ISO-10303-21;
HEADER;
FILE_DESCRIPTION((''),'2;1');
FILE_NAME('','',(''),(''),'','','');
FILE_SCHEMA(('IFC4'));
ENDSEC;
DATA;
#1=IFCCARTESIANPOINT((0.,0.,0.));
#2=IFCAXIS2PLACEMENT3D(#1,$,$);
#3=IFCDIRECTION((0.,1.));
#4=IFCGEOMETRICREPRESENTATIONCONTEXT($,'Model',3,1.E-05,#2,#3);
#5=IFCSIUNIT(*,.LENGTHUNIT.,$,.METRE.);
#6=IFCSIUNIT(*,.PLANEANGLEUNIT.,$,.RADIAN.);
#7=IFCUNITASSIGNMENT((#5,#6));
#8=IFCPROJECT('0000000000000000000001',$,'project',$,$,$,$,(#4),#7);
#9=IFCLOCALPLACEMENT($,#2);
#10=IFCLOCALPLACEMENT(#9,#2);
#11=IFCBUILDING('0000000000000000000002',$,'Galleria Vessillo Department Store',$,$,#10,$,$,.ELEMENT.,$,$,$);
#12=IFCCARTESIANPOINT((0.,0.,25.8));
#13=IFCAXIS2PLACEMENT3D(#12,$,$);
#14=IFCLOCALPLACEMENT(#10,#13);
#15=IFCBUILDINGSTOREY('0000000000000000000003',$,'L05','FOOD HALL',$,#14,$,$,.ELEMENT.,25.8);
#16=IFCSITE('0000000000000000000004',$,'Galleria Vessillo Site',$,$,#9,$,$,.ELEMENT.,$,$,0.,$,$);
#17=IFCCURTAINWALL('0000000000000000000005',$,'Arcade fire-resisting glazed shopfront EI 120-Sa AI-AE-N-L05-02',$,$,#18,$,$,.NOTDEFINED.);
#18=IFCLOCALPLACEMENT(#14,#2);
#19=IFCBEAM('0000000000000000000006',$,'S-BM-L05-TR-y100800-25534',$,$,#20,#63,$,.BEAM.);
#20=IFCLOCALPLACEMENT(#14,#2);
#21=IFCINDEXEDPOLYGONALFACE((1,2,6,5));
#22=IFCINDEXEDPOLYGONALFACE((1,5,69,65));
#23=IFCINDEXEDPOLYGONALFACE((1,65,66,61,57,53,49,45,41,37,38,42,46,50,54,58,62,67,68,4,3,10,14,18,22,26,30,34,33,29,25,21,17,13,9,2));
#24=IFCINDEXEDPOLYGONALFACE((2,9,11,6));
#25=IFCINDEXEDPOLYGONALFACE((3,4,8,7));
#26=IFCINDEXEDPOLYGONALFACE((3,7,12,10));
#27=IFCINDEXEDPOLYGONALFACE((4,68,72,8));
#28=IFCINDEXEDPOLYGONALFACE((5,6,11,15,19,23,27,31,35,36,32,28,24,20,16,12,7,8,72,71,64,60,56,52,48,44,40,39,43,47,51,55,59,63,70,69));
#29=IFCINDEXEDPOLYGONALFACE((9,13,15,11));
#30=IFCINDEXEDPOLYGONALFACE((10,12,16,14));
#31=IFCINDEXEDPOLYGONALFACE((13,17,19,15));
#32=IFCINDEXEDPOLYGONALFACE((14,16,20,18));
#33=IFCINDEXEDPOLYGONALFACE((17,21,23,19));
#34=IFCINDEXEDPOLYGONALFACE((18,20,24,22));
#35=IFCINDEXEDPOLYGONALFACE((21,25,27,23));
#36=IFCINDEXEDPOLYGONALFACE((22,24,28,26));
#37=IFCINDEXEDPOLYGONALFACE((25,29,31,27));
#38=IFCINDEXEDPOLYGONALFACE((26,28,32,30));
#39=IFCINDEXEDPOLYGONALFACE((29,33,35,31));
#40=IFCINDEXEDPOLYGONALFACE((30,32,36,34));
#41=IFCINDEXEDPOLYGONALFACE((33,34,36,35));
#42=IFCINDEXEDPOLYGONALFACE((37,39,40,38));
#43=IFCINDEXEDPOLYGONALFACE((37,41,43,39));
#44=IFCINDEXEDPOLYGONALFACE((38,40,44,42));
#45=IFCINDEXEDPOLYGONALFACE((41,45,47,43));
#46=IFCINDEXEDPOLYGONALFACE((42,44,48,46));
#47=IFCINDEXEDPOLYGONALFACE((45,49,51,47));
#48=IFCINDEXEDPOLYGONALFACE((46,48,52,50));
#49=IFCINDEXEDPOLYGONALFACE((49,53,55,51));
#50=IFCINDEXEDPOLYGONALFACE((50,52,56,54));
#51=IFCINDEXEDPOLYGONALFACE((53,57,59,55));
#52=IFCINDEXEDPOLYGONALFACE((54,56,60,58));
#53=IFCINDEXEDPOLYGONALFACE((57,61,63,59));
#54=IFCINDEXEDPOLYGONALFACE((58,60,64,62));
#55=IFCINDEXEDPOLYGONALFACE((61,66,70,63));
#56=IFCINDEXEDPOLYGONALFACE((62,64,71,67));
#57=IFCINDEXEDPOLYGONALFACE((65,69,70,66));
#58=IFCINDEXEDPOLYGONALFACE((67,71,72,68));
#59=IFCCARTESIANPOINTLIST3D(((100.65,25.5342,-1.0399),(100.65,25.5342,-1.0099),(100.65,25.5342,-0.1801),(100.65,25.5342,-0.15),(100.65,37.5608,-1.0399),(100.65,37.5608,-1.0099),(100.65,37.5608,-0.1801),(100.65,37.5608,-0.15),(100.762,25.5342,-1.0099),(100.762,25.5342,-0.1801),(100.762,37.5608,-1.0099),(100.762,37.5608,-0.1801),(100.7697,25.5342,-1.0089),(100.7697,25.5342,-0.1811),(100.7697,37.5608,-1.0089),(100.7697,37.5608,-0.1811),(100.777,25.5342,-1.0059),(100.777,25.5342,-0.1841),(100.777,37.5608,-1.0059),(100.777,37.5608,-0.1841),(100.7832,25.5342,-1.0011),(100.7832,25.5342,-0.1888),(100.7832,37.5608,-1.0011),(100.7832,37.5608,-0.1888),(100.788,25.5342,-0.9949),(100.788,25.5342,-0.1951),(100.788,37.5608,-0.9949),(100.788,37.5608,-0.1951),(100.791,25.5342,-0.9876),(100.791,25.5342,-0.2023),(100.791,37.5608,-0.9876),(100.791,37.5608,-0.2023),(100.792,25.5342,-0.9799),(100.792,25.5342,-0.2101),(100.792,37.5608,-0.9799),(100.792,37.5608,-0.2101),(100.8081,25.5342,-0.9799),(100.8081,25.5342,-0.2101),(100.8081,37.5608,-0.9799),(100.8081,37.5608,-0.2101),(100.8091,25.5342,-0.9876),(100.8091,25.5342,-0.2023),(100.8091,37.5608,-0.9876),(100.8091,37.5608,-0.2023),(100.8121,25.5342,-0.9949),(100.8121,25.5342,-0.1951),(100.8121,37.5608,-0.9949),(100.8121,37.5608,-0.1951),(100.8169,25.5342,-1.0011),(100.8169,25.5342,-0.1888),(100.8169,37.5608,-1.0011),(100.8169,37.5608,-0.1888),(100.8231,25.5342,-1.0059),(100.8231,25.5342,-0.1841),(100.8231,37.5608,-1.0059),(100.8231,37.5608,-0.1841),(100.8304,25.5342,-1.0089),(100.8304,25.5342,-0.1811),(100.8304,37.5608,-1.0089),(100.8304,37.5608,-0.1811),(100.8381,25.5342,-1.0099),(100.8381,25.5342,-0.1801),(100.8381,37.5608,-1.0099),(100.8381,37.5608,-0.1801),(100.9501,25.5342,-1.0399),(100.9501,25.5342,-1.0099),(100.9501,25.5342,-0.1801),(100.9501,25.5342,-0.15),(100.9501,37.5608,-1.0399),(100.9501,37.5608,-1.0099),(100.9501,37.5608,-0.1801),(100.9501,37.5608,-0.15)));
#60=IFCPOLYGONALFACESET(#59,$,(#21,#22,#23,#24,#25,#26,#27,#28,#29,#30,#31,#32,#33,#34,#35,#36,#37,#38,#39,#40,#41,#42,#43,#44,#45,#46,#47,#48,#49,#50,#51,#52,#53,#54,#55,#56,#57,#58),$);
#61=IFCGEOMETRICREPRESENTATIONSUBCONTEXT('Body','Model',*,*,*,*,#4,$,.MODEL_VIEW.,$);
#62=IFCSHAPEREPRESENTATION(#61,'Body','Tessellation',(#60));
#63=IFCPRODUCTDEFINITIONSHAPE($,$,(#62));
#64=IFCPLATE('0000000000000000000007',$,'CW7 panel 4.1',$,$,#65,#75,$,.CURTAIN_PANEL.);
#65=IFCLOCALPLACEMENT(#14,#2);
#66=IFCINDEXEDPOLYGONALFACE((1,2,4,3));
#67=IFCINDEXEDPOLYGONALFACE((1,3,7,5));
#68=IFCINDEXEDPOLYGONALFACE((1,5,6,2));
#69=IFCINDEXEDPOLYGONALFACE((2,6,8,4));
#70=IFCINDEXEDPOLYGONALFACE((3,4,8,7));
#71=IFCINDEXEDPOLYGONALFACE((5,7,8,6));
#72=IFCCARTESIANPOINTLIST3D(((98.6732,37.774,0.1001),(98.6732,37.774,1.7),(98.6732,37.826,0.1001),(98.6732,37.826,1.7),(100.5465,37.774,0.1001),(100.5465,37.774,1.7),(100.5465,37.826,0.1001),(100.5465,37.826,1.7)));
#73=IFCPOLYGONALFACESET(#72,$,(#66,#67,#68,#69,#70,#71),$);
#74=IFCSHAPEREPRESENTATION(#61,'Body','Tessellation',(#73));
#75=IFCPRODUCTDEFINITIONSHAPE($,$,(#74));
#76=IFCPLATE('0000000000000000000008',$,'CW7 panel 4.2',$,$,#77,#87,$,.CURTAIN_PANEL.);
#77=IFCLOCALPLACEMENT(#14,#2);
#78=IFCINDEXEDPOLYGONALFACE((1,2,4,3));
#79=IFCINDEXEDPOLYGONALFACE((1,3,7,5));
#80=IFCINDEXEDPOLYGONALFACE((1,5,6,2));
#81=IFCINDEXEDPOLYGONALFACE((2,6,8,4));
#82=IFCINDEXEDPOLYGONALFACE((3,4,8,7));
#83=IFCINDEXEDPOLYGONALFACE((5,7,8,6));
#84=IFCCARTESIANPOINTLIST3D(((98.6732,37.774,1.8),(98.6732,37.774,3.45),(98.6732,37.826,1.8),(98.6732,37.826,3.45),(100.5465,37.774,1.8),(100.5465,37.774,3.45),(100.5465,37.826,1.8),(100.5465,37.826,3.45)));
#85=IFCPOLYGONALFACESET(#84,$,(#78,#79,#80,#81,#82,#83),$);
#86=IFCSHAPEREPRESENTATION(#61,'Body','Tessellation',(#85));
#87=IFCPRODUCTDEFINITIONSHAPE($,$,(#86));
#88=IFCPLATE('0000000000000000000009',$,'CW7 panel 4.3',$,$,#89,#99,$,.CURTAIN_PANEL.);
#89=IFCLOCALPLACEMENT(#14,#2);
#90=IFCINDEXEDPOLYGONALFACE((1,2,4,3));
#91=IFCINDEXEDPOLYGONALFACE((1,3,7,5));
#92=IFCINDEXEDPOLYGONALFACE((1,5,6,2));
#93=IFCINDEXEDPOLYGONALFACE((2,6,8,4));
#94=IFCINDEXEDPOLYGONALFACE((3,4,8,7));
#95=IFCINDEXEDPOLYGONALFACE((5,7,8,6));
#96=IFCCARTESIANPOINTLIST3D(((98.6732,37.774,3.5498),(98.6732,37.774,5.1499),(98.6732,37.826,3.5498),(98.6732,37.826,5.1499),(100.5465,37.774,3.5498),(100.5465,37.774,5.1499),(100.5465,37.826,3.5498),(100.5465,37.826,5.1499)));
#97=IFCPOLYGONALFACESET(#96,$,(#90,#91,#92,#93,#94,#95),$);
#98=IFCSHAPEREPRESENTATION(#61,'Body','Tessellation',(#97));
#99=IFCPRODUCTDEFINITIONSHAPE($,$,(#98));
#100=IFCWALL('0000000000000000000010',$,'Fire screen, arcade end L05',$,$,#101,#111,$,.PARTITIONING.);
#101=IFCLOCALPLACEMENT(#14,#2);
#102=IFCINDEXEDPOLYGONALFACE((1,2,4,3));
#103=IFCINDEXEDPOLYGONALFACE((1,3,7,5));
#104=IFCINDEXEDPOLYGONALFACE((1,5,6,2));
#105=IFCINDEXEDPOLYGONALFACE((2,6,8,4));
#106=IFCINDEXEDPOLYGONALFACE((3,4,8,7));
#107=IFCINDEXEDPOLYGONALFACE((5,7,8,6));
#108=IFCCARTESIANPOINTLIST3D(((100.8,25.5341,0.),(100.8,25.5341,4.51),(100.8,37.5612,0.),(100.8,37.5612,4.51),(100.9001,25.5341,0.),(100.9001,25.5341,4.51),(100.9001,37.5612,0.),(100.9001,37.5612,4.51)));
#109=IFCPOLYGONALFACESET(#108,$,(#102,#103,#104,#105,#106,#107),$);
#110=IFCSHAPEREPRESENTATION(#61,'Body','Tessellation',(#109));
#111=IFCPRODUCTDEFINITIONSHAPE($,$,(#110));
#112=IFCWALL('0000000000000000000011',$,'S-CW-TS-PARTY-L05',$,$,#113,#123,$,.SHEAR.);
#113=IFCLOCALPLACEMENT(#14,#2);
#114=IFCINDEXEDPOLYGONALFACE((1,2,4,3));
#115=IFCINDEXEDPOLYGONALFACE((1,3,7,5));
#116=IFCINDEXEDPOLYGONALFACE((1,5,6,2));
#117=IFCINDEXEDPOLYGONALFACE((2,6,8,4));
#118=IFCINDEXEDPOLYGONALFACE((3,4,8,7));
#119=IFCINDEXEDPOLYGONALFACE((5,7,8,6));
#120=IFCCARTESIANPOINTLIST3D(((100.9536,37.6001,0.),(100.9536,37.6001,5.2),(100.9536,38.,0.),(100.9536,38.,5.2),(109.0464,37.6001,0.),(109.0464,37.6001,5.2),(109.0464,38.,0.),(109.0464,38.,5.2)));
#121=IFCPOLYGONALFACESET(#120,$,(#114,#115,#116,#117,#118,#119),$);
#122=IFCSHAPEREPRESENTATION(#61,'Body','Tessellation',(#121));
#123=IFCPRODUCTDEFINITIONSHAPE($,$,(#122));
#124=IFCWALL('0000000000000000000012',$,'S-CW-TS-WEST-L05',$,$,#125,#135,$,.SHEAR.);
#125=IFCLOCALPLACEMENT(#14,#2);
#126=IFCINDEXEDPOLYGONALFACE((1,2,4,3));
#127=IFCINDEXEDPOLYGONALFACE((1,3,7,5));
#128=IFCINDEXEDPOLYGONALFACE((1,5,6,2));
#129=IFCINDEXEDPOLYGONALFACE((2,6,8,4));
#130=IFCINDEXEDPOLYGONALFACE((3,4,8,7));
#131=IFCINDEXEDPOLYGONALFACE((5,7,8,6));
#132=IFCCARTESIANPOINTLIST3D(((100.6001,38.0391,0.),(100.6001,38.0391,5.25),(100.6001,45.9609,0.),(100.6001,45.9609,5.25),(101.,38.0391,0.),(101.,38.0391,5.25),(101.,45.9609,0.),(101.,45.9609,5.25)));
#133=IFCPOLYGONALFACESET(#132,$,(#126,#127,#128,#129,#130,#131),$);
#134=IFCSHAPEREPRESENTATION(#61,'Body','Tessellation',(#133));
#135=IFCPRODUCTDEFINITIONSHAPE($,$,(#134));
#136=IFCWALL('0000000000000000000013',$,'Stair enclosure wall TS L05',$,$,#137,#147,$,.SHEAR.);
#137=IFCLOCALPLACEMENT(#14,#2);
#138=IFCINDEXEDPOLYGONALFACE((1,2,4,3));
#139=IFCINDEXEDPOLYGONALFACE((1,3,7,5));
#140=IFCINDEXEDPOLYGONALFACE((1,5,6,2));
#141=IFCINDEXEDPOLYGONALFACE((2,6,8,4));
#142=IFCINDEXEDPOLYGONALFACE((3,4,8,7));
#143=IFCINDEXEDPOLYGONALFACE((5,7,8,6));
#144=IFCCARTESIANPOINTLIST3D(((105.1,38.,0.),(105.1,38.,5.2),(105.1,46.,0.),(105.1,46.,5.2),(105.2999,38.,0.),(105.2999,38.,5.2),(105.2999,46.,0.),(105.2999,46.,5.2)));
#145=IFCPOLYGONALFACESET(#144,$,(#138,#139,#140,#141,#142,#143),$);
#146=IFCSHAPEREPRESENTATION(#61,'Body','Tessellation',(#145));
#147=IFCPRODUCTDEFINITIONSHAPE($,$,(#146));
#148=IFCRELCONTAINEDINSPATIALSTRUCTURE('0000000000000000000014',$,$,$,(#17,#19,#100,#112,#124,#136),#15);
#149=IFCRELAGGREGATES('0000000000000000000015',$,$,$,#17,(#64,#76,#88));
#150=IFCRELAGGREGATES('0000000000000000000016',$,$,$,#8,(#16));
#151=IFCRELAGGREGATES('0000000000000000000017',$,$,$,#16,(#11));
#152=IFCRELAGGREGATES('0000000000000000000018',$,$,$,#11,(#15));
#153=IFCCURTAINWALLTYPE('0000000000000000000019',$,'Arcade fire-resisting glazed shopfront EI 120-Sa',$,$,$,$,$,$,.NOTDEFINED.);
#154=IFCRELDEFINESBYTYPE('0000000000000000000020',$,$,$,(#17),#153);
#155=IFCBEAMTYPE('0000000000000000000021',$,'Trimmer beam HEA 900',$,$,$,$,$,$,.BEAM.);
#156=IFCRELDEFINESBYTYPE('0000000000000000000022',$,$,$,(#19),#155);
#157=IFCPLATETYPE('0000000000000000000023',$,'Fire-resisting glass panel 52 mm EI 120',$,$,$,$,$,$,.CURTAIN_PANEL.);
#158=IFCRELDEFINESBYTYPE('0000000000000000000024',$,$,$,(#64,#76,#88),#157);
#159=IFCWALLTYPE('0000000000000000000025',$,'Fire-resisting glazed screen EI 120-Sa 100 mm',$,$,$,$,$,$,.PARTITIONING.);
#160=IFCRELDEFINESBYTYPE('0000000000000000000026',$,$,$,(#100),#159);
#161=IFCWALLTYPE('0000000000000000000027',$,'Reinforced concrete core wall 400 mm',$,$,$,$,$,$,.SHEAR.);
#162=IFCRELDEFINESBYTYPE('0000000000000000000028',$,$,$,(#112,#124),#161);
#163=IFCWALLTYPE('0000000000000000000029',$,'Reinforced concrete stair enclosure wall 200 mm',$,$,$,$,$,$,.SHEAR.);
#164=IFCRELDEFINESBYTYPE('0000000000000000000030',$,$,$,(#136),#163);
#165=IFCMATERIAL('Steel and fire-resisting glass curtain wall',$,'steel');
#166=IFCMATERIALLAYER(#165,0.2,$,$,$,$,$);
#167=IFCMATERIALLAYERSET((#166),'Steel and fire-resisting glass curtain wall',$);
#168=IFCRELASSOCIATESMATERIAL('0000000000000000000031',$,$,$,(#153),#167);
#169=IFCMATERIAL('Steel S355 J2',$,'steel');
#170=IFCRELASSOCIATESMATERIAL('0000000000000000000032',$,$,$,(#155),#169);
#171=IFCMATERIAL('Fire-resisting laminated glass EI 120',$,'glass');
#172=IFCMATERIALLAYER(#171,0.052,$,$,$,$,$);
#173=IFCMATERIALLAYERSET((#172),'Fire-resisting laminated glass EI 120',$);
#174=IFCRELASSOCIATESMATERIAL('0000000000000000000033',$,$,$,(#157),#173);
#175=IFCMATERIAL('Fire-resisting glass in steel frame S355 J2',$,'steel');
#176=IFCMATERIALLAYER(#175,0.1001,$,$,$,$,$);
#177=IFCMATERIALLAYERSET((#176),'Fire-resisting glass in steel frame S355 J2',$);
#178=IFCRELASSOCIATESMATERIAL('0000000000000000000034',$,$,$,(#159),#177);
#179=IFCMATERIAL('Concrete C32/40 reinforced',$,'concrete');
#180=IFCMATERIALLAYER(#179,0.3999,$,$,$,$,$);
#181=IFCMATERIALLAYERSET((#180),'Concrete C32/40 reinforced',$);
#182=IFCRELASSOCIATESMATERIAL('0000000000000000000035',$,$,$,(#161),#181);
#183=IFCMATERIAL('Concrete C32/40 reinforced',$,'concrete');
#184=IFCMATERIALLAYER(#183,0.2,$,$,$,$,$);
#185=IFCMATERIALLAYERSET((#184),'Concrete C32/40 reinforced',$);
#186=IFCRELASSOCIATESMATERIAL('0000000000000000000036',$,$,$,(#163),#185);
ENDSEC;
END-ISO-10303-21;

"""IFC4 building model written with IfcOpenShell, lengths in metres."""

from ifc_helpers import new_model, si_unit, direction, frame, frame_2d, origin, origin_2d, place, context, subcontext, project, spatial, rectangle, i_section, extrude, material, layer, layer_set, material_profile, profile_set, type_object, element, aggregate, save


model = new_model("IFC4")

# Units and contexts
model_context = context("Model", 3, precision=1e-05, world=origin(), true_north=direction((0.0, 1.0)))
body_context = subcontext(model_context, "Body", "Model", "MODEL_VIEW")
ifc_project = project(units=[si_unit("LENGTHUNIT", "METRE"), si_unit("PLANEANGLEUNIT", "RADIAN")], contexts=[model_context])

# Site, building, storey
site_placement = place(None, origin())
site = spatial("IfcSite", under=ifc_project, at=site_placement, Name="Galleria Vessillo Site", CompositionType="ELEMENT", RefElevation=0.0)
building_placement = place(site_placement, origin())
building = spatial("IfcBuilding", under=site, at=building_placement, Name="Galleria Vessillo Department Store", CompositionType="ELEMENT")
storey_placement = place(building_placement, frame((0.0, 0.0, 25.8)))
storey = spatial("IfcBuildingStorey", under=building, at=storey_placement, Name="L05", Description="FOOD HALL", CompositionType="ELEMENT", Elevation=25.8)

# Curtain wall
ifc_material_1 = material(Name="Steel and fire-resisting glass curtain wall", Category="steel")
ifc_layer_1 = layer(ifc_material_1, 0.2)
ifc_layer_set_1 = layer_set([ifc_layer_1], Name="Steel and fire-resisting glass curtain wall")
curtain_wall_type = type_object("IfcCurtainWallType", Name="Arcade fire-resisting glazed shopfront EI 120-Sa", PredefinedType="NOTDEFINED", material=ifc_layer_set_1)
curtain_wall_placement = place(storey_placement, origin())
curtain_wall = element("IfcCurtainWall", 1, at=curtain_wall_placement, inside=storey, type_object=curtain_wall_type, Name="Arcade fire-resisting glazed shopfront EI 120-Sa AI-AE-N-L05-02", PredefinedType="NOTDEFINED")

# Beam
ifc_material_2 = material(Name="Steel S355 J2", Category="steel")
ifc_material_profile_1 = material_profile(ifc_material_2, i_section(OverallWidth=0.3, OverallDepth=0.8899, WebThickness=0.0161, FlangeThickness=0.03, FilletRadius=0.03, at=origin_2d()), Name="HEA 900")
ifc_profile_set_1 = profile_set([ifc_material_profile_1], Name="Steel S355 J2")
beam_type_1 = type_object("IfcBeamType", Name="Trimmer beam HEA 900", PredefinedType="BEAM", material=ifc_profile_set_1)
beam_1_placement = place(storey_placement, frame((100.8, 25.5342, -0.595), z_axis=(0.0, 1.0, 0.0), x_axis=(-1.0, 0.0, 0.0)))
element("IfcBeam", 2, at=beam_1_placement, inside=storey, type_object=beam_type_1, Name="S-BM-L05-TR-y100800-25534", PredefinedType="BEAM", context=body_context, shape_type="SweptSolid", body=[
    extrude(i_section(OverallWidth=0.3, OverallDepth=0.8899, WebThickness=0.0161, FlangeThickness=0.03, FilletRadius=0.03, at=origin_2d()), origin(), (0.0, 0.0, 1.0), 12.0266),
])

# Plates
ifc_material_3 = material(Name="Fire-resisting laminated glass EI 120", Category="glass")
ifc_layer_2 = layer(ifc_material_3, 0.052)
ifc_layer_set_2 = layer_set([ifc_layer_2], Name="Fire-resisting laminated glass EI 120")
plate_type = type_object("IfcPlateType", Name="Fire-resisting glass panel 52 mm EI 120", PredefinedType="CURTAIN_PANEL", material=ifc_layer_set_2)
plate_1_placement = place(storey_placement, frame((99.6099, 37.8, 0.1001), z_axis=(0.0, 0.0, 1.0), x_axis=(1.0, 0.0, 0.0)))
plate_1 = element("IfcPlate", 3, at=plate_1_placement, type_object=plate_type, Name="CW7 panel 4.1", PredefinedType="CURTAIN_PANEL", context=body_context, shape_type="SweptSolid", body=[
    extrude(rectangle(XDim=1.8733, YDim=0.052, at=origin_2d()), origin(), (0.0, 0.0, 1.0), 1.5999),
])
plate_2_placement = place(storey_placement, frame((99.6099, 37.8, 1.8), z_axis=(0.0, 0.0, 1.0), x_axis=(1.0, 0.0, 0.0)))
plate_2 = element("IfcPlate", 4, at=plate_2_placement, type_object=plate_type, Name="CW7 panel 4.2", PredefinedType="CURTAIN_PANEL", context=body_context, shape_type="SweptSolid", body=[
    extrude(rectangle(XDim=1.8733, YDim=0.052, at=origin_2d()), origin(), (0.0, 0.0, 1.0), 1.6499),
])
plate_3_placement = place(storey_placement, frame((99.6099, 37.8, 3.5498), z_axis=(0.0, 0.0, 1.0), x_axis=(1.0, 0.0, 0.0)))
plate_3 = element("IfcPlate", 5, at=plate_3_placement, type_object=plate_type, Name="CW7 panel 4.3", PredefinedType="CURTAIN_PANEL", context=body_context, shape_type="SweptSolid", body=[
    extrude(rectangle(XDim=1.8733, YDim=0.052, at=origin_2d()), origin(), (0.0, 0.0, 1.0), 1.6001),
])
aggregate(curtain_wall, [plate_1, plate_2, plate_3])

# Walls
ifc_material_4 = material(Name="Fire-resisting glass in steel frame S355 J2", Category="steel")
ifc_layer_3 = layer(ifc_material_4, 0.1001)
ifc_layer_set_3 = layer_set([ifc_layer_3], Name="Fire-resisting glass in steel frame S355 J2")
wall_type_1 = type_object("IfcWallType", Name="Fire-resisting glazed screen EI 120-Sa 100 mm", PredefinedType="PARTITIONING", material=ifc_layer_set_3)
wall_1_placement = place(storey_placement, frame((100.8501, 25.5339, 0.0), z_axis=(0.0, 0.0, 1.0), x_axis=(0.0, 1.0, 0.0)))
element("IfcWall", 6, at=wall_1_placement, inside=storey, type_object=wall_type_1, Name="Fire screen, arcade end L05", PredefinedType="PARTITIONING", context=body_context, shape_type="SweptSolid", body=[
    extrude(rectangle(XDim=12.0271, YDim=0.1001, at=frame_2d((6.0137, 0.0))), origin(), (0.0, 0.0, 1.0), 4.51),
])
ifc_material_5 = material(Name="Concrete C32/40 reinforced", Category="concrete")
ifc_layer_4 = layer(ifc_material_5, 0.3999)
ifc_layer_set_4 = layer_set([ifc_layer_4], Name="Concrete C32/40 reinforced")
wall_type_2 = type_object("IfcWallType", Name="Reinforced concrete core wall 400 mm", PredefinedType="SHEAR", material=ifc_layer_set_4)
wall_2_placement = place(storey_placement, frame((100.9536, 37.8, 0.0), z_axis=(0.0, 0.0, 1.0), x_axis=(1.0, 0.0, 0.0)))
element("IfcWall", 7, at=wall_2_placement, inside=storey, type_object=wall_type_2, Name="S-CW-TS-PARTY-L05", PredefinedType="SHEAR", context=body_context, shape_type="SweptSolid", body=[
    extrude(rectangle(XDim=8.0928, YDim=0.3999, at=frame_2d((4.0464, 0.0))), origin(), (0.0, 0.0, 1.0), 5.2),
])
wall_3_placement = place(storey_placement, frame((100.8, 38.0391, 0.0), z_axis=(0.0, 0.0, 1.0), x_axis=(0.0, 1.0, 0.0)))
element("IfcWall", 8, at=wall_3_placement, inside=storey, type_object=wall_type_2, Name="S-CW-TS-WEST-L05", PredefinedType="SHEAR", context=body_context, shape_type="SweptSolid", body=[
    extrude(rectangle(XDim=7.9219, YDim=0.3999, at=frame_2d((3.9609, 0.0))), origin(), (0.0, 0.0, 1.0), 5.25),
])
ifc_material_6 = material(Name="Concrete C32/40 reinforced", Category="concrete")
ifc_layer_5 = layer(ifc_material_6, 0.2)
ifc_layer_set_5 = layer_set([ifc_layer_5], Name="Concrete C32/40 reinforced")
wall_type_3 = type_object("IfcWallType", Name="Reinforced concrete stair enclosure wall 200 mm", PredefinedType="SHEAR", material=ifc_layer_set_5)
wall_4_placement = place(storey_placement, frame((105.2, 38.0, 0.0), z_axis=(0.0, 0.0, 1.0), x_axis=(0.0, 1.0, 0.0)))
element("IfcWall", 9, at=wall_4_placement, inside=storey, type_object=wall_type_3, Name="Stair enclosure wall TS L05", PredefinedType="SHEAR", context=body_context, shape_type="SweptSolid", body=[
    extrude(rectangle(XDim=8.0, YDim=0.2, at=frame_2d((4.0, 0.0))), origin(), (0.0, 0.0, 1.0), 5.2),
])

save(model, "model.ifc")
